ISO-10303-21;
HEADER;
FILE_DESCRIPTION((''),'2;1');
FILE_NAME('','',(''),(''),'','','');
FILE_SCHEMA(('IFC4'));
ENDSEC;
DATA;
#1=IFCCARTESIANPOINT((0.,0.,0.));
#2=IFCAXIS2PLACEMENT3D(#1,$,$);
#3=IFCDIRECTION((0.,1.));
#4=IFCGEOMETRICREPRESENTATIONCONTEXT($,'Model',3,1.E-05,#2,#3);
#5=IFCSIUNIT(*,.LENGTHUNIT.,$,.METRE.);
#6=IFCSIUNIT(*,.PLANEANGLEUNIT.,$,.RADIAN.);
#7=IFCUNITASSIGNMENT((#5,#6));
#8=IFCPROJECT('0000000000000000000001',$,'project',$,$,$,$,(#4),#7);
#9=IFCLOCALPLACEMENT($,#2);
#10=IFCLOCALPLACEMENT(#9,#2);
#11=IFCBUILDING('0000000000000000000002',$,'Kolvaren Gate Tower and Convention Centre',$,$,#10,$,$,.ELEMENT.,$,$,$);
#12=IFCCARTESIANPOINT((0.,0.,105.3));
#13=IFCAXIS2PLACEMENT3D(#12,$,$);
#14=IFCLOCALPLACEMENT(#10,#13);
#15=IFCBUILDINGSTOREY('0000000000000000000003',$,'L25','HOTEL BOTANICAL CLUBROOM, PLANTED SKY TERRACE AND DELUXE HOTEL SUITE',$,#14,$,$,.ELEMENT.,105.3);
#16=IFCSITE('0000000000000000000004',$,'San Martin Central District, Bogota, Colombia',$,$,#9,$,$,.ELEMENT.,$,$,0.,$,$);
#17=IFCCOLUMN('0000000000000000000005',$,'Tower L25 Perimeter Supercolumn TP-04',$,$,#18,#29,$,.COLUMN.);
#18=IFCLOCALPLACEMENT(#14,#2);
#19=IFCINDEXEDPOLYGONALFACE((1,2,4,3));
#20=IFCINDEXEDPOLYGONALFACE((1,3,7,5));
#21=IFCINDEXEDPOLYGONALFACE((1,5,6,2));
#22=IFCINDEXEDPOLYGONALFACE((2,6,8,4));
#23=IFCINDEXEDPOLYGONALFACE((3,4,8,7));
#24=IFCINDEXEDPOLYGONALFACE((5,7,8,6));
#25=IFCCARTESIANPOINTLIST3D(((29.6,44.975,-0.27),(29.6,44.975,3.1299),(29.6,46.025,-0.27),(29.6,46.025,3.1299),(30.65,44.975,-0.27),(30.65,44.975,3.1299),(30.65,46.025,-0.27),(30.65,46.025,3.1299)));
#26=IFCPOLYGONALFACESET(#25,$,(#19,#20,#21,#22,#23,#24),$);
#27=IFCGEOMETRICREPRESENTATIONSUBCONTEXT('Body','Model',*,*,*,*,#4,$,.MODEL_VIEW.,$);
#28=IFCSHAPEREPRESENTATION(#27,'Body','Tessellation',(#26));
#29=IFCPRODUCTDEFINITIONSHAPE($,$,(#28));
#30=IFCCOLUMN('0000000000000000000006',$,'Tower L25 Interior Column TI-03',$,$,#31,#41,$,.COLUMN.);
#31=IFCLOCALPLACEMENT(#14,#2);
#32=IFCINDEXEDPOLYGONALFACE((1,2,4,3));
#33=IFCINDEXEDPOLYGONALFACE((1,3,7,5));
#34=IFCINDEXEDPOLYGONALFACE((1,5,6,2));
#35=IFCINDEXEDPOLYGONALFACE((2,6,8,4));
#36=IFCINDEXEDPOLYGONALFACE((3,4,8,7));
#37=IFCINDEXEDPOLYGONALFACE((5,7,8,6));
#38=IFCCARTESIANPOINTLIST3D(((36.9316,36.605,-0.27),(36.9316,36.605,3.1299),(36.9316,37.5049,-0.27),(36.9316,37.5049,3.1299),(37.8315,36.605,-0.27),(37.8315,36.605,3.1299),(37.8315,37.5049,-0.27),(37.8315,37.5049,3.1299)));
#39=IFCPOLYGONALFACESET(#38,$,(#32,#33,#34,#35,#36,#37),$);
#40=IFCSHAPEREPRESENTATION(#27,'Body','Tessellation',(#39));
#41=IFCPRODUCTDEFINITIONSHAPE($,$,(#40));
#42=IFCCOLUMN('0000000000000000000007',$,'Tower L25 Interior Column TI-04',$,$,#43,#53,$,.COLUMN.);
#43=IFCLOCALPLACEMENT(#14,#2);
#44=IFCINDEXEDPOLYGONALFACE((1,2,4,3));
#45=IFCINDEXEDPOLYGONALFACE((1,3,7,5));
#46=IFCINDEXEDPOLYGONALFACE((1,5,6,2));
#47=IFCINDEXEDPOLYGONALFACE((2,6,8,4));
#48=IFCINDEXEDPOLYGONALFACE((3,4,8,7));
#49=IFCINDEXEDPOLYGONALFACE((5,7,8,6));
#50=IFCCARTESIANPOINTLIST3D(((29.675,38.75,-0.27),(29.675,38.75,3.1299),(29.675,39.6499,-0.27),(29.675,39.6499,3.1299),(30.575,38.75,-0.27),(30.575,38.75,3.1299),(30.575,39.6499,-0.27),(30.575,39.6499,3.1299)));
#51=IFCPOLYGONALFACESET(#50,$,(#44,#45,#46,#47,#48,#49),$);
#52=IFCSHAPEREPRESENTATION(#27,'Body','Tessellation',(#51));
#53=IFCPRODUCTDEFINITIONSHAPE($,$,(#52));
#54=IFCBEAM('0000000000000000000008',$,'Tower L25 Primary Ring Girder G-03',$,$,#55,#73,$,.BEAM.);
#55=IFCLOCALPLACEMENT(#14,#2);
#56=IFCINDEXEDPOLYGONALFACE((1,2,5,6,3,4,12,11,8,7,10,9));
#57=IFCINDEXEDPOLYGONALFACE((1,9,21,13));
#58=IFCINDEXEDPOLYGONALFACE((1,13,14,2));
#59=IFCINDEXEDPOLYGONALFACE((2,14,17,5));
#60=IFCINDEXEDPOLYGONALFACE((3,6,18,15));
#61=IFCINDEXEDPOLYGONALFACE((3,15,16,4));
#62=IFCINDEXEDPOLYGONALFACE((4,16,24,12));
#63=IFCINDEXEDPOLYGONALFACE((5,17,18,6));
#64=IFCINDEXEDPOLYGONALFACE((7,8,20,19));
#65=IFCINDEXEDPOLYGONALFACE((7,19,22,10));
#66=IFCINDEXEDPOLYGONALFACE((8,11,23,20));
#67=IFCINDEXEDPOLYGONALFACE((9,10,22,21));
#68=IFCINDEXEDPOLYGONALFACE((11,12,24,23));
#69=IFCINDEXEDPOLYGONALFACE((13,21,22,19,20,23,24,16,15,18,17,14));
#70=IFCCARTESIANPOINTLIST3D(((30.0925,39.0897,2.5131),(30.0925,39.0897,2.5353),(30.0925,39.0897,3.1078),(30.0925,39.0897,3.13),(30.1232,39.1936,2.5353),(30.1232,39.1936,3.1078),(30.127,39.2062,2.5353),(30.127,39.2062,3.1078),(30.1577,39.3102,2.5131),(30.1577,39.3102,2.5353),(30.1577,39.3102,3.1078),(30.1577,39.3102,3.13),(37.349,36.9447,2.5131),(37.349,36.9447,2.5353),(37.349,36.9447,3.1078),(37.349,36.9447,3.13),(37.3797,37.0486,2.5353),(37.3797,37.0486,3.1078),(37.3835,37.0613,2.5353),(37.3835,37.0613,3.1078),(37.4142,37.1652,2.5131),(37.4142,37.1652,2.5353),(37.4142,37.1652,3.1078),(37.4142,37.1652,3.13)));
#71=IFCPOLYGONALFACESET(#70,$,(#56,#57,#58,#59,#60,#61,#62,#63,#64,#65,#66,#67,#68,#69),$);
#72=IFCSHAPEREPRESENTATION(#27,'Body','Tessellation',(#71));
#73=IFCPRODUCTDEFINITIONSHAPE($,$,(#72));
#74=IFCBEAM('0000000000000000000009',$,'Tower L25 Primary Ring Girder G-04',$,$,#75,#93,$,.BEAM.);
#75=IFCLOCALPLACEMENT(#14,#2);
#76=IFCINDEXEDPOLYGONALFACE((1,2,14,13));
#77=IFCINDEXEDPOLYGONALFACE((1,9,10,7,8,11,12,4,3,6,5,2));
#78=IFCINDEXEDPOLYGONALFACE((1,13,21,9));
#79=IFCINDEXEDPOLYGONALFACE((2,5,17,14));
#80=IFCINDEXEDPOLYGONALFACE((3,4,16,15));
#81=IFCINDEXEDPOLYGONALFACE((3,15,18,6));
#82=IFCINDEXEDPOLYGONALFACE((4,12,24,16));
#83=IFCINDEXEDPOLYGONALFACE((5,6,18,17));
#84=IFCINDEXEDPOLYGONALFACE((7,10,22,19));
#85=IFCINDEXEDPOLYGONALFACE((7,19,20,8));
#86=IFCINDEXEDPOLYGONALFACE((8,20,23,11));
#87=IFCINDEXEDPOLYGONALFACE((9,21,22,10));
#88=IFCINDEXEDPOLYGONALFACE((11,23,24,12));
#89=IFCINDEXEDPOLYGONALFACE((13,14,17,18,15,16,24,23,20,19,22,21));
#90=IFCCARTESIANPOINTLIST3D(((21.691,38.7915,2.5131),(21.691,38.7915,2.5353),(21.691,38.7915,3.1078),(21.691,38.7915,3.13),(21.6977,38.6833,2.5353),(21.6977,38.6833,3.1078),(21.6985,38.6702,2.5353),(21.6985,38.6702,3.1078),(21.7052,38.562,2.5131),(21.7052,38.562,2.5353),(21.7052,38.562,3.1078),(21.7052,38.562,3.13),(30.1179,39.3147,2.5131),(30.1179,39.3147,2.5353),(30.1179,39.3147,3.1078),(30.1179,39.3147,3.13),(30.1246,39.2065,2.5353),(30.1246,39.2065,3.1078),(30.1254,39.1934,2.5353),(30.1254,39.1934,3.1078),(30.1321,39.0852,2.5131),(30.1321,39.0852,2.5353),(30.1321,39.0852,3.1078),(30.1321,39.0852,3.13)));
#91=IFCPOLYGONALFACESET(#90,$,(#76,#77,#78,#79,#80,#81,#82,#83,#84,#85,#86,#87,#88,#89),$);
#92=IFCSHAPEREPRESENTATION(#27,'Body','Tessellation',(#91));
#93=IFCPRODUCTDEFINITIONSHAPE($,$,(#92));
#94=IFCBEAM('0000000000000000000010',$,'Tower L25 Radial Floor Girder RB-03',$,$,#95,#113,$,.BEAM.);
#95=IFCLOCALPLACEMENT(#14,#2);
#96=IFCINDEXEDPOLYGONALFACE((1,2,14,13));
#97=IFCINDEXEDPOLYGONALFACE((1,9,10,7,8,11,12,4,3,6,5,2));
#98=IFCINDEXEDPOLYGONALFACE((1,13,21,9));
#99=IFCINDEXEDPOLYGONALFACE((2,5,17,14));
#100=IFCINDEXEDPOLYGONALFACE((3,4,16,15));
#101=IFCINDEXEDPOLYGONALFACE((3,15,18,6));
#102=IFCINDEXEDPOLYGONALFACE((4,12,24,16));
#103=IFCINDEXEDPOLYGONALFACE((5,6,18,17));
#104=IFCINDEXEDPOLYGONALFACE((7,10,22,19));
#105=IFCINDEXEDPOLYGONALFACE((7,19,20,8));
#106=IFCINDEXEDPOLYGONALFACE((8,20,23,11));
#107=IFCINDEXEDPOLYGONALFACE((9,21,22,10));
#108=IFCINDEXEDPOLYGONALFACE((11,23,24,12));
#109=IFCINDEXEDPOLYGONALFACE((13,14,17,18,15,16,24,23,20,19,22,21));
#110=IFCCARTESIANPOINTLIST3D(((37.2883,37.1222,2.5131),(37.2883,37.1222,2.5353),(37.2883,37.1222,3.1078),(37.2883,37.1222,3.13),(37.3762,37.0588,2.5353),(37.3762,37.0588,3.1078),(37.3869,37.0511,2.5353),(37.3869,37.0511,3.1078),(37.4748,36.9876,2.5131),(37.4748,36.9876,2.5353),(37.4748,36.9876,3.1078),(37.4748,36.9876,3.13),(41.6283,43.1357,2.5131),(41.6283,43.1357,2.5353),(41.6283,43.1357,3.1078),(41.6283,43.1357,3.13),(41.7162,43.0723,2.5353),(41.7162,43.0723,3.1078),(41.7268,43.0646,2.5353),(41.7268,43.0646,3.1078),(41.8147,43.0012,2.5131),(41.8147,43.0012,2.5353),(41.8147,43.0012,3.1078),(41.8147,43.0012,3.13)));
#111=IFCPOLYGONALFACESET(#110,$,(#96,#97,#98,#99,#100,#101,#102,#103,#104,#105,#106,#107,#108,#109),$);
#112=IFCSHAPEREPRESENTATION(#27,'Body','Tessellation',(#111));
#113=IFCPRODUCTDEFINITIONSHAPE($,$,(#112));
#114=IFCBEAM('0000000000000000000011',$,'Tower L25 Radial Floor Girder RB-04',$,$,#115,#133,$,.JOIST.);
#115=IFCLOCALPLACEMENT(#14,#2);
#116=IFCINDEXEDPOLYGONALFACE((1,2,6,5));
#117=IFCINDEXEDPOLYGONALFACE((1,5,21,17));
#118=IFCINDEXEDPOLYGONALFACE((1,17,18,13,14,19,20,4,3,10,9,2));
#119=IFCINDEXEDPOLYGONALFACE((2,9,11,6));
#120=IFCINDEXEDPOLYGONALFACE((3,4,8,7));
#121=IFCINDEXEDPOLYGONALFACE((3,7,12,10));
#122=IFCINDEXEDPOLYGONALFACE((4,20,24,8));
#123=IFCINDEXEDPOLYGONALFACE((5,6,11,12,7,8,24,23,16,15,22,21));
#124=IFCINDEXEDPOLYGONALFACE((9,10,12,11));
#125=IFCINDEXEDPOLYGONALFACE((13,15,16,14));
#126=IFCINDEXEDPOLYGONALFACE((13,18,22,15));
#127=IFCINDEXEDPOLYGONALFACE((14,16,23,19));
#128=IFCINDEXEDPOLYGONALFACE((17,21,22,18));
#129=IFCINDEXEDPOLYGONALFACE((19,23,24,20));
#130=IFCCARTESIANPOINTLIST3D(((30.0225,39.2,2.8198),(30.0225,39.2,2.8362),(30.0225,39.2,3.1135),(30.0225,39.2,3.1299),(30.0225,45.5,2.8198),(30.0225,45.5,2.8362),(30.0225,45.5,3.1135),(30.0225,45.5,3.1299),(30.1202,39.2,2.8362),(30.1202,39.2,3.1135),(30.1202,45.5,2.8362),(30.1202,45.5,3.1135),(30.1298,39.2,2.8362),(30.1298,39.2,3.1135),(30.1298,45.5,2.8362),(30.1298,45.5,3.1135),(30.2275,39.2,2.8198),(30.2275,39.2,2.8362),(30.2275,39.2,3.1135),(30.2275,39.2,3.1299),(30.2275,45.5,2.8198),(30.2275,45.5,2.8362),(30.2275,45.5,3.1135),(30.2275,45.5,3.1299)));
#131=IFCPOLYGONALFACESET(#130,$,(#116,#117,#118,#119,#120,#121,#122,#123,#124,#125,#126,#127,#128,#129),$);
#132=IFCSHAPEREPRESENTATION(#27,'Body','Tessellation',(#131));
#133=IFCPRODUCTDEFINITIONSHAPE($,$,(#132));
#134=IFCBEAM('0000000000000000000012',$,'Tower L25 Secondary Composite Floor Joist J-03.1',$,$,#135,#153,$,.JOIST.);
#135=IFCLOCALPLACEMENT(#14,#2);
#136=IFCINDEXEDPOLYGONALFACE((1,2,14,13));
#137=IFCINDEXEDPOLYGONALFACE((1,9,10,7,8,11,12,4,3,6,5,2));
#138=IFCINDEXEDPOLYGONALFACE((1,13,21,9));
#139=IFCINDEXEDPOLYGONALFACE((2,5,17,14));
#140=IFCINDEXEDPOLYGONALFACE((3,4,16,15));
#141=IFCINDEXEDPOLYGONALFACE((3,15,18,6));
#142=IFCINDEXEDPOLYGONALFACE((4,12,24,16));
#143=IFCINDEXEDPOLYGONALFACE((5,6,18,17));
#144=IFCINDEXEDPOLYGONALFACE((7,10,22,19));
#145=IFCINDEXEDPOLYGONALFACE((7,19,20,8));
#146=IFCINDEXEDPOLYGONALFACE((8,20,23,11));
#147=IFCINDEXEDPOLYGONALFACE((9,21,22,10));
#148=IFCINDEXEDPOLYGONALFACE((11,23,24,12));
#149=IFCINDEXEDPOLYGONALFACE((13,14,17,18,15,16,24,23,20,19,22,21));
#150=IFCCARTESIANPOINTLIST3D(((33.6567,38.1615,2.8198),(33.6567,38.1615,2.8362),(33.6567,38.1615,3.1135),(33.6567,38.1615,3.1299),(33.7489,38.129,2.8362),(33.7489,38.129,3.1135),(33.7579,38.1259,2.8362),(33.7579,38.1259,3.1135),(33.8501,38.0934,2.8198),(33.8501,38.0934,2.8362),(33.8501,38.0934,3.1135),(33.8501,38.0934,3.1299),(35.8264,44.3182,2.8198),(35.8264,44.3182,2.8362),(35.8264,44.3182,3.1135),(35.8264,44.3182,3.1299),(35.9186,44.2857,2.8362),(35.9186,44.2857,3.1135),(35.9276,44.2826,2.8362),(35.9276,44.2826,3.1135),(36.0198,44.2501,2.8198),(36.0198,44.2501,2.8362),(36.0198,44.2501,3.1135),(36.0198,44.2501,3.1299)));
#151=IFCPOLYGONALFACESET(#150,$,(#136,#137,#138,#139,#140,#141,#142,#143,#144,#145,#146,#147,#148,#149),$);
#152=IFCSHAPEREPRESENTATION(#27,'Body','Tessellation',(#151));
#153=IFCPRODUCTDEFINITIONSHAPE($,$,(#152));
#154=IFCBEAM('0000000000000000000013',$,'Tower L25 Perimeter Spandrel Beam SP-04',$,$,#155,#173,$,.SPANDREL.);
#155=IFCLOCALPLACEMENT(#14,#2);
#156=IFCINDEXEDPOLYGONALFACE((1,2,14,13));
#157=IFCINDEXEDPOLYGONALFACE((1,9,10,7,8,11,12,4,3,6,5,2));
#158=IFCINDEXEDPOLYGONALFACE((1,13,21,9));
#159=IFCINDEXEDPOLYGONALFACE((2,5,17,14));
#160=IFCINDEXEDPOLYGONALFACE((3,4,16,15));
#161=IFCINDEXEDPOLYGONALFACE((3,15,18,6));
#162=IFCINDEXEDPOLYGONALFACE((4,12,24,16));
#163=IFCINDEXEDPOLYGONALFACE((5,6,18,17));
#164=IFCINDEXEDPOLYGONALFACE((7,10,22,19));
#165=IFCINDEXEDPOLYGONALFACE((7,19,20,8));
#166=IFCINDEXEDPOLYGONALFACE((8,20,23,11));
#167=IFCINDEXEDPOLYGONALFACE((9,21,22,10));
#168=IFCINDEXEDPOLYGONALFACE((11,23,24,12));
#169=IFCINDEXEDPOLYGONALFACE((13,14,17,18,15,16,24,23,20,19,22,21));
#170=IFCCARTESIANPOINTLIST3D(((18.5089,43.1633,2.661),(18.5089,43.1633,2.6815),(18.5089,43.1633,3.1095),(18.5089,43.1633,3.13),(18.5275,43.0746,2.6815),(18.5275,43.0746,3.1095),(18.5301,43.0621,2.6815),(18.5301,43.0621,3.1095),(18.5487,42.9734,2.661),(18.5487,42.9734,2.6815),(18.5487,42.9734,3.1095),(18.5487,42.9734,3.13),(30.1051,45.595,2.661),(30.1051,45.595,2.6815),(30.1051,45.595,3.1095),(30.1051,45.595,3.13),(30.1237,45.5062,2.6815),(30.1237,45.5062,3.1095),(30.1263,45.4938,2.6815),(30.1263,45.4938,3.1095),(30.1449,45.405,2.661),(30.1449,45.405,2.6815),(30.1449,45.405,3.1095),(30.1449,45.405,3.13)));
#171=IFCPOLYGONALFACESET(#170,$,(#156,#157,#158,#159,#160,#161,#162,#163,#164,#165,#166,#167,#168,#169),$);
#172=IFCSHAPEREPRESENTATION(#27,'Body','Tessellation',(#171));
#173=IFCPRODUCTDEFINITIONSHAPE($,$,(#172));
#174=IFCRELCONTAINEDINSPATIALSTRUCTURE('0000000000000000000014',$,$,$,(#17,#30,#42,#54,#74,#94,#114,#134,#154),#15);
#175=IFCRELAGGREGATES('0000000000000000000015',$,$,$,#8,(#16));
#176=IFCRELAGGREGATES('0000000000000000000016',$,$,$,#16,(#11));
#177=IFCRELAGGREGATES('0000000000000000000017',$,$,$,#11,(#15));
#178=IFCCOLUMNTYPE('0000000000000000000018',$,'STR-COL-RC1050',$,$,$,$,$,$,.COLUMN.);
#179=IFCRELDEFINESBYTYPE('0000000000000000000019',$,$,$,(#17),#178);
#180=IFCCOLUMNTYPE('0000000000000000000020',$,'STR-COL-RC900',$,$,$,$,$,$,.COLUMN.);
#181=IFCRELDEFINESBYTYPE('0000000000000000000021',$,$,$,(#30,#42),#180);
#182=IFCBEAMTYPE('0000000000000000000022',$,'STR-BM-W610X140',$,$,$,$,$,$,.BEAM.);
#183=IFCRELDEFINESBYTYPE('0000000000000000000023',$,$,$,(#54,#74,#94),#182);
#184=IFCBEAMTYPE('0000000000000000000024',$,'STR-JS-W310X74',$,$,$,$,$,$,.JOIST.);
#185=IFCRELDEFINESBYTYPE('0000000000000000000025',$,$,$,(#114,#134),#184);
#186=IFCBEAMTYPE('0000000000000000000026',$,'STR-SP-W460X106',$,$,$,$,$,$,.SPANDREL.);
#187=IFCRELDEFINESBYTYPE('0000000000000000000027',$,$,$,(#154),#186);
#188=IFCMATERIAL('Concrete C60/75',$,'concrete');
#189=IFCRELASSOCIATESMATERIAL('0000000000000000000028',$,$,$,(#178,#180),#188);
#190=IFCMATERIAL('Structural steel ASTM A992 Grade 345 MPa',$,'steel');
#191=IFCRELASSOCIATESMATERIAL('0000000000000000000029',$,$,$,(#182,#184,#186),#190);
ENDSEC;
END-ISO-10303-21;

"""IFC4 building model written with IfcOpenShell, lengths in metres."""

from ifc_helpers import new_model, si_unit, direction, frame, origin, origin_2d, place, context, subcontext, project, spatial, rectangle, i_section, extrude, material, material_profile, profile_set, type_object, element, save


model = new_model("IFC4")

# Units and contexts
model_context = context("Model", 3, precision=1e-05, world=origin(), true_north=direction((0.0, 1.0)))
body_context = subcontext(model_context, "Body", "Model", "MODEL_VIEW")
ifc_project = project(units=[si_unit("LENGTHUNIT", "METRE"), si_unit("PLANEANGLEUNIT", "RADIAN")], contexts=[model_context])

# Site, building, storey
site_placement = place(None, origin())
site = spatial("IfcSite", under=ifc_project, at=site_placement, Name="San Martin Central District, Bogota, Colombia", CompositionType="ELEMENT", RefElevation=0.0)
building_placement = place(site_placement, origin())
building = spatial("IfcBuilding", under=site, at=building_placement, Name="Kolvaren Gate Tower and Convention Centre", CompositionType="ELEMENT")
storey_placement = place(building_placement, frame((0.0, 0.0, 105.3)))
storey = spatial("IfcBuildingStorey", under=building, at=storey_placement, Name="L25", Description="HOTEL BOTANICAL CLUBROOM, PLANTED SKY TERRACE AND DELUXE HOTEL SUITE", CompositionType="ELEMENT", Elevation=105.3)

# Columns
ifc_material_1 = material(Name="Concrete C60/75", Category="concrete")
ifc_material_profile_1 = material_profile(ifc_material_1, rectangle(XDim=1.05, YDim=1.05, at=origin_2d()), Name="RC-COL-1050X1050")
ifc_profile_set_1 = profile_set([ifc_material_profile_1], Name="Concrete C60/75")
column_type_1 = type_object("IfcColumnType", Name="STR-COL-RC1050", PredefinedType="COLUMN", material=ifc_profile_set_1)
column_placement = place(storey_placement, frame((30.125, 45.5, -0.27), z_axis=(0.0, 0.0, 1.0), x_axis=(1.0, 0.0, 0.0)))
element("IfcColumn", 1, at=column_placement, inside=storey, type_object=column_type_1, Name="Tower L25 Perimeter Supercolumn TP-04", PredefinedType="COLUMN", context=body_context, shape_type="SweptSolid", body=[
    extrude(rectangle(XDim=1.05, YDim=1.05, at=origin_2d()), origin(), (0.0, 0.0, 1.0), 3.3999),
])
ifc_material_profile_2 = material_profile(ifc_material_1, rectangle(XDim=0.8999, YDim=0.8999, at=origin_2d()), Name="RC-COL-900X900")
ifc_profile_set_2 = profile_set([ifc_material_profile_2], Name="Concrete C60/75")
column_type_2 = type_object("IfcColumnType", Name="STR-COL-RC900", PredefinedType="COLUMN", material=ifc_profile_set_2)
for number, where, z_axis, x_axis, name in (
    (2, (37.3816, 37.0549, -0.27), (0.0, 0.0, 1.0), (1.0, 0.0, 0.0), "Tower L25 Interior Column TI-03"),
    (3, (30.125, 39.2, -0.27), (0.0, 0.0, 1.0), (1.0, 0.0, 0.0), "Tower L25 Interior Column TI-04"),
):
    element("IfcColumn", number, at=place(storey_placement, frame(where, z_axis=z_axis, x_axis=x_axis)), inside=storey, type_object=column_type_2, Name=name, PredefinedType="COLUMN", context=body_context, shape_type="SweptSolid", body=[
        extrude(rectangle(XDim=0.8999, YDim=0.8999, at=origin_2d()), origin(), (0.0, 0.0, 1.0), 3.3999),
    ])

# Beams
ifc_material_2 = material(Name="Structural steel ASTM A992 Grade 345 MPa", Category="steel")
ifc_material_profile_3 = material_profile(ifc_material_2, i_section(OverallWidth=0.23, OverallDepth=0.6169, WebThickness=0.0132, FlangeThickness=0.0222, at=origin_2d()), Name="W610X140")
ifc_profile_set_3 = profile_set([ifc_material_profile_3], Name="Structural steel ASTM A992 Grade 345 MPa")
beam_type_1 = type_object("IfcBeamType", Name="STR-BM-W610X140", PredefinedType="BEAM", material=ifc_profile_set_3)
beam_1_placement = place(storey_placement, frame((37.3816, 37.0549, 2.8215), z_axis=(-0.958981, 0.283471, 0.0), x_axis=(-0.283471, -0.958981, 0.0)))
element("IfcBeam", 4, at=beam_1_placement, inside=storey, type_object=beam_type_1, Name="Tower L25 Primary Ring Girder G-03", PredefinedType="BEAM", context=body_context, shape_type="SweptSolid", body=[
    extrude(i_section(OverallWidth=0.23, OverallDepth=0.6169, WebThickness=0.0132, FlangeThickness=0.0222, at=origin_2d()), origin(), (0.0, 0.0, 1.0), 7.5669),
])
beam_2_placement = place(storey_placement, frame((30.125, 39.2, 2.8215), z_axis=(-0.998078, -0.061966, 0.0), x_axis=(0.061966, -0.998078, 0.0)))
element("IfcBeam", 5, at=beam_2_placement, inside=storey, type_object=beam_type_1, Name="Tower L25 Primary Ring Girder G-04", PredefinedType="BEAM", context=body_context, shape_type="SweptSolid", body=[
    extrude(i_section(OverallWidth=0.23, OverallDepth=0.6169, WebThickness=0.0132, FlangeThickness=0.0222, at=origin_2d()), origin(), (0.0, 0.0, 1.0), 8.4431),
])
beam_3_placement = place(storey_placement, frame((37.3816, 37.0549, 2.8215), z_axis=(0.585208, 0.810883, 0.0), x_axis=(-0.810883, 0.585208, 0.0)))
element("IfcBeam", 6, at=beam_3_placement, inside=storey, type_object=beam_type_1, Name="Tower L25 Radial Floor Girder RB-03", PredefinedType="BEAM", context=body_context, shape_type="SweptSolid", body=[
    extrude(i_section(OverallWidth=0.23, OverallDepth=0.6169, WebThickness=0.0132, FlangeThickness=0.0222, at=origin_2d()), origin(), (0.0, 0.0, 1.0), 7.416),
])
ifc_material_profile_4 = material_profile(ifc_material_2, i_section(OverallWidth=0.2051, OverallDepth=0.3101, WebThickness=0.0095, FlangeThickness=0.0164, at=origin_2d()), Name="W310X74")
ifc_profile_set_4 = profile_set([ifc_material_profile_4], Name="Structural steel ASTM A992 Grade 345 MPa")
beam_type_2 = type_object("IfcBeamType", Name="STR-JS-W310X74", PredefinedType="JOIST", material=ifc_profile_set_4)
beam_4_placement = place(storey_placement, frame((30.125, 39.2, 2.9749), z_axis=(0.0, 1.0, 0.0), x_axis=(-1.0, 0.0, 0.0)))
element("IfcBeam", 7, at=beam_4_placement, inside=storey, type_object=beam_type_2, Name="Tower L25 Radial Floor Girder RB-04", PredefinedType="JOIST", context=body_context, shape_type="SweptSolid", body=[
    extrude(i_section(OverallWidth=0.2051, OverallDepth=0.3101, WebThickness=0.0095, FlangeThickness=0.0164, at=origin_2d()), origin(), (0.0, 0.0, 1.0), 6.3),
])
beam_5_placement = place(storey_placement, frame((33.7534, 38.1274, 2.9749), z_axis=(0.332372, 0.943148, 0.0), x_axis=(-0.943148, 0.332372, 0.0)))
element("IfcBeam", 8, at=beam_5_placement, inside=storey, type_object=beam_type_2, Name="Tower L25 Secondary Composite Floor Joist J-03.1", PredefinedType="JOIST", context=body_context, shape_type="SweptSolid", body=[
    extrude(i_section(OverallWidth=0.2051, OverallDepth=0.3101, WebThickness=0.0095, FlangeThickness=0.0164, at=origin_2d()), origin(), (0.0, 0.0, 1.0), 6.5278),
])
ifc_material_profile_5 = material_profile(ifc_material_2, i_section(OverallWidth=0.1941, OverallDepth=0.469, WebThickness=0.0127, FlangeThickness=0.0205, at=origin_2d()), Name="W460X106")
ifc_profile_set_5 = profile_set([ifc_material_profile_5], Name="Structural steel ASTM A992 Grade 345 MPa")
beam_type_3 = type_object("IfcBeamType", Name="STR-SP-W460X106", PredefinedType="SPANDREL", material=ifc_profile_set_5)
beam_6_placement = place(storey_placement, frame((30.125, 45.5, 2.8955), z_axis=(-0.978714, -0.205229, 0.0), x_axis=(0.205229, -0.978714, 0.0)))
element("IfcBeam", 9, at=beam_6_placement, inside=storey, type_object=beam_type_3, Name="Tower L25 Perimeter Spandrel Beam SP-04", PredefinedType="SPANDREL", context=body_context, shape_type="SweptSolid", body=[
    extrude(i_section(OverallWidth=0.1941, OverallDepth=0.469, WebThickness=0.0127, FlangeThickness=0.0205, at=origin_2d()), origin(), (0.0, 0.0, 1.0), 11.8484),
])

save(model, "model.ifc")
